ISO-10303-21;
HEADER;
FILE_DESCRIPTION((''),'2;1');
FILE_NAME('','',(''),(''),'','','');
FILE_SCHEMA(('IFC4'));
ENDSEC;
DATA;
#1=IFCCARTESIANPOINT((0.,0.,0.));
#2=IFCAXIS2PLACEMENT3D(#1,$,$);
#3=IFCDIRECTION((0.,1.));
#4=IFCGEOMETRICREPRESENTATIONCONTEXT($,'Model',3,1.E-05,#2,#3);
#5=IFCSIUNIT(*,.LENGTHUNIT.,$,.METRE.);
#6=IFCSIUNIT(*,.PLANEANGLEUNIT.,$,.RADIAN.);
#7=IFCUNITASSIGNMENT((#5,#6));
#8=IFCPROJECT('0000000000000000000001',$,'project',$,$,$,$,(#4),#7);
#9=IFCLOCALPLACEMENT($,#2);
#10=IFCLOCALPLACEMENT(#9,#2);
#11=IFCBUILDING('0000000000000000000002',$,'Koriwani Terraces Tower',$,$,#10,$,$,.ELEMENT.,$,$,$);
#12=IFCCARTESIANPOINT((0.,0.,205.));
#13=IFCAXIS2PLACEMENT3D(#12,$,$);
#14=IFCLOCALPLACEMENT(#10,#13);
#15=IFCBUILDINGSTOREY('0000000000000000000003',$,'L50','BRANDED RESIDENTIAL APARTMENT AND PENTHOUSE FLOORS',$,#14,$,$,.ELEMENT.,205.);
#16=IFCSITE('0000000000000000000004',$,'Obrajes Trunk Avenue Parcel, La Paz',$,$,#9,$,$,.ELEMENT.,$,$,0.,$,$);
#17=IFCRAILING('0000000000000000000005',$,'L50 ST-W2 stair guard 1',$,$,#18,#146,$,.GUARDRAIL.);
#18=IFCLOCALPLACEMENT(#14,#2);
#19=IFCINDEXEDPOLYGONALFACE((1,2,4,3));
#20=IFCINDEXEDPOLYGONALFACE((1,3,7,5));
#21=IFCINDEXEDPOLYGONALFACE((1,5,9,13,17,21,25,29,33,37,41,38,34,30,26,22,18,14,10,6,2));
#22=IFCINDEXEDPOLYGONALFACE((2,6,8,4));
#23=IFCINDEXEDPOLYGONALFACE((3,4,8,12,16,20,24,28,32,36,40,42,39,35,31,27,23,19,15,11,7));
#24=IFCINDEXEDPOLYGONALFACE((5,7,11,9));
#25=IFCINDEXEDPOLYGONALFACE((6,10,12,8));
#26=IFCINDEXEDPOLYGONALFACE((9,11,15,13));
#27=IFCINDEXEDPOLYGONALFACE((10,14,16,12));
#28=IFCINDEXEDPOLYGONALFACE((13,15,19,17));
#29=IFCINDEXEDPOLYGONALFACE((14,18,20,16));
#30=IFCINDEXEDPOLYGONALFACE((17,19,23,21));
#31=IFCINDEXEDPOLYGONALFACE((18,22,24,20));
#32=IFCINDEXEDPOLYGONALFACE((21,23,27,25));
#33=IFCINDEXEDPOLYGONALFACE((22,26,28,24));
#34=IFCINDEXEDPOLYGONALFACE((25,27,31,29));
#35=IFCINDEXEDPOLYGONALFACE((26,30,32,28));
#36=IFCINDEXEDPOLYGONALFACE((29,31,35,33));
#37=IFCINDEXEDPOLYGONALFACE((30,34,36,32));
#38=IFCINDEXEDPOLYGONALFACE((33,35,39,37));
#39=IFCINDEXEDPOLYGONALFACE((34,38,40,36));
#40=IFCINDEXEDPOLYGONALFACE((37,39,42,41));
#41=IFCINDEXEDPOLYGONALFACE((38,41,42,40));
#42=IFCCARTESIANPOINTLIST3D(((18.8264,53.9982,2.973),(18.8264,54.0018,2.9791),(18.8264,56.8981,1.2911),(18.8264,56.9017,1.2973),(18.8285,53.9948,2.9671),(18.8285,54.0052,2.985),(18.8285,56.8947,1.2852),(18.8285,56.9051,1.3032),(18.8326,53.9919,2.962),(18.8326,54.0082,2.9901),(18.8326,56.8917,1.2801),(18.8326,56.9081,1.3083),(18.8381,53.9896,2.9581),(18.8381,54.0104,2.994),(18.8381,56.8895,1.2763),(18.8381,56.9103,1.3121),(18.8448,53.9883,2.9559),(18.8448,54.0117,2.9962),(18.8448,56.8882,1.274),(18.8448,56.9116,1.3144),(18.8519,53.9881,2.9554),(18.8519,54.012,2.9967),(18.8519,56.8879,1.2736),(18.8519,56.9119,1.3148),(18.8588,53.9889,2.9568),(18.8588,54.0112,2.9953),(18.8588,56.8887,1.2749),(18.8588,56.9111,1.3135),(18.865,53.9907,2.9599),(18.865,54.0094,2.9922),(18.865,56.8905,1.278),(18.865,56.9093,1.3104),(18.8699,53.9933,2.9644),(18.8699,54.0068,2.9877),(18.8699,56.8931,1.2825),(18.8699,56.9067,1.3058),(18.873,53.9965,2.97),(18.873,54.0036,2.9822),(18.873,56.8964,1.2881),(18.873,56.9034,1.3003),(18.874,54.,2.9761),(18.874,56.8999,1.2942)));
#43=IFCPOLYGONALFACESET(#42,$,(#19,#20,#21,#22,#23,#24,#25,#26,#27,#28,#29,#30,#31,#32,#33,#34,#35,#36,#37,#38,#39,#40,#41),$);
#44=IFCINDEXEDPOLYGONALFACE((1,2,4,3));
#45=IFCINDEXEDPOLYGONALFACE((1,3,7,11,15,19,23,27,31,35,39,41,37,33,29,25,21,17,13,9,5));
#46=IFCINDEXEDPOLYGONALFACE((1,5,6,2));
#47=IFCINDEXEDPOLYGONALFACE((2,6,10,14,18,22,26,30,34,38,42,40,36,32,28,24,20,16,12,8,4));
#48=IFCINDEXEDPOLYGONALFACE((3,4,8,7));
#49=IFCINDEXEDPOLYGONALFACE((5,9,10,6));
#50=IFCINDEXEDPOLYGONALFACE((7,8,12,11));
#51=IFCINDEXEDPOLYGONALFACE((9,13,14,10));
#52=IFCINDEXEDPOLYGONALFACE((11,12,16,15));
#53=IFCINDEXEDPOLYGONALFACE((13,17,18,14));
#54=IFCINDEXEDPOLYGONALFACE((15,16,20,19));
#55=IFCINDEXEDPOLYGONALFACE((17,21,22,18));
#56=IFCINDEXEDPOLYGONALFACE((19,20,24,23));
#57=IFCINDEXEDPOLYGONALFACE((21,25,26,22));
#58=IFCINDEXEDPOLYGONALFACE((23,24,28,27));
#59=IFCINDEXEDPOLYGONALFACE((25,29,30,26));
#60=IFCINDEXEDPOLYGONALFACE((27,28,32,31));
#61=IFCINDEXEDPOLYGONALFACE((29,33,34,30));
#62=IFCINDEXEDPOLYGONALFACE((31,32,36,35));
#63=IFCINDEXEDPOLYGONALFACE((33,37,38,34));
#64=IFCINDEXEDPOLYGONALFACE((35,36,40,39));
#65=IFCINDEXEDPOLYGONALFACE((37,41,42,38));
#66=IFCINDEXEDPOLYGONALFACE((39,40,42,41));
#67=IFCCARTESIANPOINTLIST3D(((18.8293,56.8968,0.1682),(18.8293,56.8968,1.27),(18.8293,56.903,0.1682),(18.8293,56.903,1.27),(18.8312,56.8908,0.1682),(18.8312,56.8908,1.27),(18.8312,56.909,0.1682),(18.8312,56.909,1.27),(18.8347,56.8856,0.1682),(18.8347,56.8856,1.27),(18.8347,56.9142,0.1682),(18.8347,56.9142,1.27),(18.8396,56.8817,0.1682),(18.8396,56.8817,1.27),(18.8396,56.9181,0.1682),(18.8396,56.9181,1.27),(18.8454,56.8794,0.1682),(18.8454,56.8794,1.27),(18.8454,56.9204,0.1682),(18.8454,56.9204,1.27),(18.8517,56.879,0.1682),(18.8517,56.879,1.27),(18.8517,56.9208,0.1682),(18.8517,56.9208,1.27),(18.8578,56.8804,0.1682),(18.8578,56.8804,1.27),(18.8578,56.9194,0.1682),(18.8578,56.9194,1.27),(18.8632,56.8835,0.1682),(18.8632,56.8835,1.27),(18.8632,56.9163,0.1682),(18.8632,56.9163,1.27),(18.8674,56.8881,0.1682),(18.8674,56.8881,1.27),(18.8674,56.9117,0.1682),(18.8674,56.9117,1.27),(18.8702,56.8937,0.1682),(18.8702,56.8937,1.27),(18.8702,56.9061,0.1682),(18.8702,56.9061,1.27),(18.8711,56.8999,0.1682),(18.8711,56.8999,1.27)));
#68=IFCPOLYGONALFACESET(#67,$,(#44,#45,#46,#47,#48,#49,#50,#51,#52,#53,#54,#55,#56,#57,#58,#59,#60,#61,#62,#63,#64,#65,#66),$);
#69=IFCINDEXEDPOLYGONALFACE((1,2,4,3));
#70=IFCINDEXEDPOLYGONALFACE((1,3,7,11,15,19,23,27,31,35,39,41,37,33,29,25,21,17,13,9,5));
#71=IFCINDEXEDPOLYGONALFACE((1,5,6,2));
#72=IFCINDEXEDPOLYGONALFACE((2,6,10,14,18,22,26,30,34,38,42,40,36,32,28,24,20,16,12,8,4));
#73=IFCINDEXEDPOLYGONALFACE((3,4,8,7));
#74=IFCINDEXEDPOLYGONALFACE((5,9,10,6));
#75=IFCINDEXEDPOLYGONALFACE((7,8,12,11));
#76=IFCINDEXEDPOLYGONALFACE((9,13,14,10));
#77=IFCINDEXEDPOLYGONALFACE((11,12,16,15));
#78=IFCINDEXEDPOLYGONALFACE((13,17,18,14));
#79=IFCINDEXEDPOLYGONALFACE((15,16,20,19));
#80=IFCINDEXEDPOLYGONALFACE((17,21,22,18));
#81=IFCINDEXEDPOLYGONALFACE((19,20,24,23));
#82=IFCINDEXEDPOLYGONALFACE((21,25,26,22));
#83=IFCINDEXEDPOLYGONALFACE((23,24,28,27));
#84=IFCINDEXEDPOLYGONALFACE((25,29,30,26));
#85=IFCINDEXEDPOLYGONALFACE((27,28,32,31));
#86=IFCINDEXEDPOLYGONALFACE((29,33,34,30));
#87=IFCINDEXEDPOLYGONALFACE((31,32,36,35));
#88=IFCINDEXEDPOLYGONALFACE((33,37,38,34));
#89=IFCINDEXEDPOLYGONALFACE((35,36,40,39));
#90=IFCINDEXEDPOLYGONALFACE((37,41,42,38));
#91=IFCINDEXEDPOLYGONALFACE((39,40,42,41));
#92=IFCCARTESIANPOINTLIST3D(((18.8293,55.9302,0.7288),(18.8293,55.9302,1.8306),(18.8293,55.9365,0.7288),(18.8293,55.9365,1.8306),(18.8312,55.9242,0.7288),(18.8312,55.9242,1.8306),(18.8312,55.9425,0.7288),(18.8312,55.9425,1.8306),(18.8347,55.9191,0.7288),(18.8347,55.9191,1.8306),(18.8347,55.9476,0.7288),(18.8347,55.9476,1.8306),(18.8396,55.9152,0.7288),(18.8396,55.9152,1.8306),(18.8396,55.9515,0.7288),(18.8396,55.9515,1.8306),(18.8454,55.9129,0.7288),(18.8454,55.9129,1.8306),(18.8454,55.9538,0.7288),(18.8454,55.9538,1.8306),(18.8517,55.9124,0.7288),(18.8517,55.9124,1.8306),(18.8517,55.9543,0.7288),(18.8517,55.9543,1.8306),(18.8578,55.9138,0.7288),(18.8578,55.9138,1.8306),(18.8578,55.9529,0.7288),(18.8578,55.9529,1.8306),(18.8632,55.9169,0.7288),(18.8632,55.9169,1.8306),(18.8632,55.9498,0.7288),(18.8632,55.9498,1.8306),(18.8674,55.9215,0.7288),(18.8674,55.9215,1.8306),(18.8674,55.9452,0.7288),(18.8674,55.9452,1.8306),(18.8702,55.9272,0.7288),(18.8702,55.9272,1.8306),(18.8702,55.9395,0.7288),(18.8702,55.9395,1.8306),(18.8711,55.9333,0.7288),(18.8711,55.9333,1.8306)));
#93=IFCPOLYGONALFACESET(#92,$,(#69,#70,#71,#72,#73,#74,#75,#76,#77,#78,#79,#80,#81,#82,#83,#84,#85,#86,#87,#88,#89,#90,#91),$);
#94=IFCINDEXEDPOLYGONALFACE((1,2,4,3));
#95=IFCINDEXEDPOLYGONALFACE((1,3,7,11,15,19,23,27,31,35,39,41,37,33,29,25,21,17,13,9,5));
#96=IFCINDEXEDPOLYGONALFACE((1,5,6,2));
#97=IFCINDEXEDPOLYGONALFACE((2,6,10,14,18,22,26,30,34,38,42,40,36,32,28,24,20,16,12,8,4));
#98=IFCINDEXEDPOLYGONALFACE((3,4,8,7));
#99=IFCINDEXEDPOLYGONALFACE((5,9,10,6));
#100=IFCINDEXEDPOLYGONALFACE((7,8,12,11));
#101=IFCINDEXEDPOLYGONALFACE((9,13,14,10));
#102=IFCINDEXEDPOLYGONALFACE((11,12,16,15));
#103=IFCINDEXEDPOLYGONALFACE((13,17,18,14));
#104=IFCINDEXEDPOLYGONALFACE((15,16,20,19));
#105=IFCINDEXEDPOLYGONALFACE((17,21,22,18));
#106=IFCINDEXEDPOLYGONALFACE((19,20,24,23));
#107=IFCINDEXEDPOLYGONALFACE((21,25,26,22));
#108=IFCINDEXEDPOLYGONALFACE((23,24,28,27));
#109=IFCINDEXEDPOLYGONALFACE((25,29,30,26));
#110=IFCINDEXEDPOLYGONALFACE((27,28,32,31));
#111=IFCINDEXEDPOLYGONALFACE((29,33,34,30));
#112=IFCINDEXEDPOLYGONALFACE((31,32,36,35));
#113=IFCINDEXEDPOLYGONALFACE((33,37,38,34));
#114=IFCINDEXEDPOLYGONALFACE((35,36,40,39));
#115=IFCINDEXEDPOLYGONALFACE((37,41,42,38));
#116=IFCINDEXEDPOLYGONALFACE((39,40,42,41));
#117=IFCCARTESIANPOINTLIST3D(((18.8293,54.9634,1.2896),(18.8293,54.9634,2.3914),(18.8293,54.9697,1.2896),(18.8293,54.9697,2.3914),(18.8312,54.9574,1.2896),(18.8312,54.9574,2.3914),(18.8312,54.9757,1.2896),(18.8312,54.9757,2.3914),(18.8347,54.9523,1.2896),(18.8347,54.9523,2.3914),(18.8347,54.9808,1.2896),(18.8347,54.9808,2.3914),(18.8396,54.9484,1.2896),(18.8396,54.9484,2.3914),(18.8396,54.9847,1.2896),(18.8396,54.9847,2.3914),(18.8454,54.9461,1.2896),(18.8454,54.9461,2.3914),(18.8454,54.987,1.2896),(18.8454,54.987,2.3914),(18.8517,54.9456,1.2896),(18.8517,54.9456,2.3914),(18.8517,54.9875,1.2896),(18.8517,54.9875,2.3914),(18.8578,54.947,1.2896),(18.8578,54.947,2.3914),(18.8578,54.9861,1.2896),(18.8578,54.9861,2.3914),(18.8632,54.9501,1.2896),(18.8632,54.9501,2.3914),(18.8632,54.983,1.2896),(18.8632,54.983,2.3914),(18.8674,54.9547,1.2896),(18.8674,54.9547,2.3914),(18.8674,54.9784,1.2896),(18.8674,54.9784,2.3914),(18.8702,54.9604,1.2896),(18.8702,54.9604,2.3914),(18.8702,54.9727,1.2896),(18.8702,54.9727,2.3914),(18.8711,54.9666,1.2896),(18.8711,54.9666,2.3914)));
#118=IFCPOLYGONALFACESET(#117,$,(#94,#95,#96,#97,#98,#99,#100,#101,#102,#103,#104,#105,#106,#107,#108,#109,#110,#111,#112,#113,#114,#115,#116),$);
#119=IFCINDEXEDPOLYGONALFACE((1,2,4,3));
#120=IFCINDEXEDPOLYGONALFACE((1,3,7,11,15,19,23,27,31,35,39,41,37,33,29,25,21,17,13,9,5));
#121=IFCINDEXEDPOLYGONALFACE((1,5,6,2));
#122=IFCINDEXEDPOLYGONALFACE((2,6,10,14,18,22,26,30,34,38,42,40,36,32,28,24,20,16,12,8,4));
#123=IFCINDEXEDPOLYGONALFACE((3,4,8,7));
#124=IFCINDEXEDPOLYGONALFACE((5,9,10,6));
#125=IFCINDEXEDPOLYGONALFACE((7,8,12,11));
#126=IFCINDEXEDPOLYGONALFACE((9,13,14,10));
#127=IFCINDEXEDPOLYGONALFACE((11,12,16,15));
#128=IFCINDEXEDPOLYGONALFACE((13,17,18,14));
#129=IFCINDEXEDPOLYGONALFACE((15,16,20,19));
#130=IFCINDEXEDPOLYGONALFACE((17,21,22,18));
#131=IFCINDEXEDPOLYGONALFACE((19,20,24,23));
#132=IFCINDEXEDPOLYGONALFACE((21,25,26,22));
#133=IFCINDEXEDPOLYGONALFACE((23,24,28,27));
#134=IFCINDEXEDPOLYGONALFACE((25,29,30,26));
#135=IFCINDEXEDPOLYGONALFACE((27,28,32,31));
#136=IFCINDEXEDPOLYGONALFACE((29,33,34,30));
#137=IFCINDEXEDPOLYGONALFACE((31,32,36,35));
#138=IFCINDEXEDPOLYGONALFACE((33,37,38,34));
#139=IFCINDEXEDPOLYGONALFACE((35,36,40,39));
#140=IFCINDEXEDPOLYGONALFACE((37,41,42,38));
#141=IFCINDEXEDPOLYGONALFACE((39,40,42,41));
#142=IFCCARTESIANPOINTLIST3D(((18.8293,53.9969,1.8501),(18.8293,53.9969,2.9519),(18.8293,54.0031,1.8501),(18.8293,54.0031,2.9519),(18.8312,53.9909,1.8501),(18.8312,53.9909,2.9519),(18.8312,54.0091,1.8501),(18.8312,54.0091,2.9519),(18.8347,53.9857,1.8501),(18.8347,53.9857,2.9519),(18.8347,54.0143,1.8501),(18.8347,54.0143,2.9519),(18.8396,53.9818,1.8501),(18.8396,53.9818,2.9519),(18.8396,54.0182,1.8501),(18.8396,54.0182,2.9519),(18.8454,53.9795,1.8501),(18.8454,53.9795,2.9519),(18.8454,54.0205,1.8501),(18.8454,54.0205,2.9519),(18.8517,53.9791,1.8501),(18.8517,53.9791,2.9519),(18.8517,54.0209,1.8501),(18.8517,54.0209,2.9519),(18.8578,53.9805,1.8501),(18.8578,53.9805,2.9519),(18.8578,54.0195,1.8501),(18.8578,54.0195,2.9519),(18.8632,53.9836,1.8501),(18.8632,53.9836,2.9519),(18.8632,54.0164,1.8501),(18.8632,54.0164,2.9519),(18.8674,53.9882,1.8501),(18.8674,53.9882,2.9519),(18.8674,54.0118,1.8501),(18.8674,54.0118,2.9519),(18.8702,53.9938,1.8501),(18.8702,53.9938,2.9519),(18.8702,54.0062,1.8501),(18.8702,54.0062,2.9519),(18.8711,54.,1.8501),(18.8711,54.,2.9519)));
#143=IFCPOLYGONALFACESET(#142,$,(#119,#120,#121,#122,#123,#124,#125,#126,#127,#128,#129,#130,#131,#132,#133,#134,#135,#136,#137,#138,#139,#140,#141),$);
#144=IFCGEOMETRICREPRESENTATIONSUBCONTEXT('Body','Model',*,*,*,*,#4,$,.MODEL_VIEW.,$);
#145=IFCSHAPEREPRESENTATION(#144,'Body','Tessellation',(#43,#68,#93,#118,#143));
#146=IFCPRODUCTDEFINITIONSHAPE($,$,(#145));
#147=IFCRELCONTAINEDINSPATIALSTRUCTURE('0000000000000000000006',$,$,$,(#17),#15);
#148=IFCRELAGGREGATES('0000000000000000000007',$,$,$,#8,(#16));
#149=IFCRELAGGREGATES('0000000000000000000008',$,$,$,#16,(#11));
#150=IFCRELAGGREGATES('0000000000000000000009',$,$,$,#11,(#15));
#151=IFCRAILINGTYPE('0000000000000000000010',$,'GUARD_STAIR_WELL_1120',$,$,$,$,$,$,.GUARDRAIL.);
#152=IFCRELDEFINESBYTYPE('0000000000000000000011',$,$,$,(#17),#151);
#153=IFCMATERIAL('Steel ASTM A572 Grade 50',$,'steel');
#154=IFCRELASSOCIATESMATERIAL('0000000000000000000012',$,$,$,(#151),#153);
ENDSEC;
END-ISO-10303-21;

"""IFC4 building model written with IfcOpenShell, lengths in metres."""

from ifc_helpers import new_model, si_unit, direction, frame, origin, origin_2d, place, context, subcontext, project, spatial, circle, extrude, material, type_object, element, save


model = new_model("IFC4")

# Units and contexts
model_context = context("Model", 3, precision=1e-05, world=origin(), true_north=direction((0.0, 1.0)))
body_context = subcontext(model_context, "Body", "Model", "MODEL_VIEW")
ifc_project = project(units=[si_unit("LENGTHUNIT", "METRE"), si_unit("PLANEANGLEUNIT", "RADIAN")], contexts=[model_context])

# Site, building, storey
site_placement = place(None, origin())
site = spatial("IfcSite", under=ifc_project, at=site_placement, Name="Obrajes Trunk Avenue Parcel, La Paz", CompositionType="ELEMENT", RefElevation=0.0)
building_placement = place(site_placement, origin())
building = spatial("IfcBuilding", under=site, at=building_placement, Name="Koriwani Terraces Tower", CompositionType="ELEMENT")
storey_placement = place(building_placement, frame((0.0, 0.0, 205.0)))
storey = spatial("IfcBuildingStorey", under=building, at=storey_placement, Name="L50", Description="BRANDED RESIDENTIAL APARTMENT AND PENTHOUSE FLOORS", CompositionType="ELEMENT", Elevation=205.0)

# Shared definitions
ifc_material_1 = material(Name="Steel ASTM A572 Grade 50", Category="steel")

# Railing
railing_type_1 = type_object("IfcRailingType", Name="GUARD_STAIR_WELL_1120", PredefinedType="GUARDRAIL", material=ifc_material_1)
railing_1_placement = place(storey_placement, frame((18.8501, 56.8999, 0.1682)))
element("IfcRailing", 1, at=railing_1_placement, inside=storey, type_object=railing_type_1, Name="L50 ST-W2 stair guard 1", PredefinedType="GUARDRAIL", context=body_context, shape_type="SweptSolid", body=[
    extrude(circle(Radius=0.0239, at=origin_2d()), frame((0.0, 0.0, 1.126), z_axis=(0.0, -0.865039, 0.501705), x_axis=(1.0, 0.0, 0.0)), (0.0, 0.0, 1.0), 3.3523),
    extrude(circle(Radius=0.021, at=origin_2d()), origin(), (0.0, 0.0, 1.0), 1.1018),
    extrude(circle(Radius=0.021, at=origin_2d()), frame((0.0, -0.9666, 0.5605)), (0.0, 0.0, 1.0), 1.1018),
    extrude(circle(Radius=0.021, at=origin_2d()), frame((0.0, -1.9333, 1.1213)), (0.0, 0.0, 1.0), 1.1018),
    extrude(circle(Radius=0.021, at=origin_2d()), frame((0.0, -2.8999, 1.6819)), (0.0, 0.0, 1.0), 1.1018),
])

save(model, "model.ifc")
